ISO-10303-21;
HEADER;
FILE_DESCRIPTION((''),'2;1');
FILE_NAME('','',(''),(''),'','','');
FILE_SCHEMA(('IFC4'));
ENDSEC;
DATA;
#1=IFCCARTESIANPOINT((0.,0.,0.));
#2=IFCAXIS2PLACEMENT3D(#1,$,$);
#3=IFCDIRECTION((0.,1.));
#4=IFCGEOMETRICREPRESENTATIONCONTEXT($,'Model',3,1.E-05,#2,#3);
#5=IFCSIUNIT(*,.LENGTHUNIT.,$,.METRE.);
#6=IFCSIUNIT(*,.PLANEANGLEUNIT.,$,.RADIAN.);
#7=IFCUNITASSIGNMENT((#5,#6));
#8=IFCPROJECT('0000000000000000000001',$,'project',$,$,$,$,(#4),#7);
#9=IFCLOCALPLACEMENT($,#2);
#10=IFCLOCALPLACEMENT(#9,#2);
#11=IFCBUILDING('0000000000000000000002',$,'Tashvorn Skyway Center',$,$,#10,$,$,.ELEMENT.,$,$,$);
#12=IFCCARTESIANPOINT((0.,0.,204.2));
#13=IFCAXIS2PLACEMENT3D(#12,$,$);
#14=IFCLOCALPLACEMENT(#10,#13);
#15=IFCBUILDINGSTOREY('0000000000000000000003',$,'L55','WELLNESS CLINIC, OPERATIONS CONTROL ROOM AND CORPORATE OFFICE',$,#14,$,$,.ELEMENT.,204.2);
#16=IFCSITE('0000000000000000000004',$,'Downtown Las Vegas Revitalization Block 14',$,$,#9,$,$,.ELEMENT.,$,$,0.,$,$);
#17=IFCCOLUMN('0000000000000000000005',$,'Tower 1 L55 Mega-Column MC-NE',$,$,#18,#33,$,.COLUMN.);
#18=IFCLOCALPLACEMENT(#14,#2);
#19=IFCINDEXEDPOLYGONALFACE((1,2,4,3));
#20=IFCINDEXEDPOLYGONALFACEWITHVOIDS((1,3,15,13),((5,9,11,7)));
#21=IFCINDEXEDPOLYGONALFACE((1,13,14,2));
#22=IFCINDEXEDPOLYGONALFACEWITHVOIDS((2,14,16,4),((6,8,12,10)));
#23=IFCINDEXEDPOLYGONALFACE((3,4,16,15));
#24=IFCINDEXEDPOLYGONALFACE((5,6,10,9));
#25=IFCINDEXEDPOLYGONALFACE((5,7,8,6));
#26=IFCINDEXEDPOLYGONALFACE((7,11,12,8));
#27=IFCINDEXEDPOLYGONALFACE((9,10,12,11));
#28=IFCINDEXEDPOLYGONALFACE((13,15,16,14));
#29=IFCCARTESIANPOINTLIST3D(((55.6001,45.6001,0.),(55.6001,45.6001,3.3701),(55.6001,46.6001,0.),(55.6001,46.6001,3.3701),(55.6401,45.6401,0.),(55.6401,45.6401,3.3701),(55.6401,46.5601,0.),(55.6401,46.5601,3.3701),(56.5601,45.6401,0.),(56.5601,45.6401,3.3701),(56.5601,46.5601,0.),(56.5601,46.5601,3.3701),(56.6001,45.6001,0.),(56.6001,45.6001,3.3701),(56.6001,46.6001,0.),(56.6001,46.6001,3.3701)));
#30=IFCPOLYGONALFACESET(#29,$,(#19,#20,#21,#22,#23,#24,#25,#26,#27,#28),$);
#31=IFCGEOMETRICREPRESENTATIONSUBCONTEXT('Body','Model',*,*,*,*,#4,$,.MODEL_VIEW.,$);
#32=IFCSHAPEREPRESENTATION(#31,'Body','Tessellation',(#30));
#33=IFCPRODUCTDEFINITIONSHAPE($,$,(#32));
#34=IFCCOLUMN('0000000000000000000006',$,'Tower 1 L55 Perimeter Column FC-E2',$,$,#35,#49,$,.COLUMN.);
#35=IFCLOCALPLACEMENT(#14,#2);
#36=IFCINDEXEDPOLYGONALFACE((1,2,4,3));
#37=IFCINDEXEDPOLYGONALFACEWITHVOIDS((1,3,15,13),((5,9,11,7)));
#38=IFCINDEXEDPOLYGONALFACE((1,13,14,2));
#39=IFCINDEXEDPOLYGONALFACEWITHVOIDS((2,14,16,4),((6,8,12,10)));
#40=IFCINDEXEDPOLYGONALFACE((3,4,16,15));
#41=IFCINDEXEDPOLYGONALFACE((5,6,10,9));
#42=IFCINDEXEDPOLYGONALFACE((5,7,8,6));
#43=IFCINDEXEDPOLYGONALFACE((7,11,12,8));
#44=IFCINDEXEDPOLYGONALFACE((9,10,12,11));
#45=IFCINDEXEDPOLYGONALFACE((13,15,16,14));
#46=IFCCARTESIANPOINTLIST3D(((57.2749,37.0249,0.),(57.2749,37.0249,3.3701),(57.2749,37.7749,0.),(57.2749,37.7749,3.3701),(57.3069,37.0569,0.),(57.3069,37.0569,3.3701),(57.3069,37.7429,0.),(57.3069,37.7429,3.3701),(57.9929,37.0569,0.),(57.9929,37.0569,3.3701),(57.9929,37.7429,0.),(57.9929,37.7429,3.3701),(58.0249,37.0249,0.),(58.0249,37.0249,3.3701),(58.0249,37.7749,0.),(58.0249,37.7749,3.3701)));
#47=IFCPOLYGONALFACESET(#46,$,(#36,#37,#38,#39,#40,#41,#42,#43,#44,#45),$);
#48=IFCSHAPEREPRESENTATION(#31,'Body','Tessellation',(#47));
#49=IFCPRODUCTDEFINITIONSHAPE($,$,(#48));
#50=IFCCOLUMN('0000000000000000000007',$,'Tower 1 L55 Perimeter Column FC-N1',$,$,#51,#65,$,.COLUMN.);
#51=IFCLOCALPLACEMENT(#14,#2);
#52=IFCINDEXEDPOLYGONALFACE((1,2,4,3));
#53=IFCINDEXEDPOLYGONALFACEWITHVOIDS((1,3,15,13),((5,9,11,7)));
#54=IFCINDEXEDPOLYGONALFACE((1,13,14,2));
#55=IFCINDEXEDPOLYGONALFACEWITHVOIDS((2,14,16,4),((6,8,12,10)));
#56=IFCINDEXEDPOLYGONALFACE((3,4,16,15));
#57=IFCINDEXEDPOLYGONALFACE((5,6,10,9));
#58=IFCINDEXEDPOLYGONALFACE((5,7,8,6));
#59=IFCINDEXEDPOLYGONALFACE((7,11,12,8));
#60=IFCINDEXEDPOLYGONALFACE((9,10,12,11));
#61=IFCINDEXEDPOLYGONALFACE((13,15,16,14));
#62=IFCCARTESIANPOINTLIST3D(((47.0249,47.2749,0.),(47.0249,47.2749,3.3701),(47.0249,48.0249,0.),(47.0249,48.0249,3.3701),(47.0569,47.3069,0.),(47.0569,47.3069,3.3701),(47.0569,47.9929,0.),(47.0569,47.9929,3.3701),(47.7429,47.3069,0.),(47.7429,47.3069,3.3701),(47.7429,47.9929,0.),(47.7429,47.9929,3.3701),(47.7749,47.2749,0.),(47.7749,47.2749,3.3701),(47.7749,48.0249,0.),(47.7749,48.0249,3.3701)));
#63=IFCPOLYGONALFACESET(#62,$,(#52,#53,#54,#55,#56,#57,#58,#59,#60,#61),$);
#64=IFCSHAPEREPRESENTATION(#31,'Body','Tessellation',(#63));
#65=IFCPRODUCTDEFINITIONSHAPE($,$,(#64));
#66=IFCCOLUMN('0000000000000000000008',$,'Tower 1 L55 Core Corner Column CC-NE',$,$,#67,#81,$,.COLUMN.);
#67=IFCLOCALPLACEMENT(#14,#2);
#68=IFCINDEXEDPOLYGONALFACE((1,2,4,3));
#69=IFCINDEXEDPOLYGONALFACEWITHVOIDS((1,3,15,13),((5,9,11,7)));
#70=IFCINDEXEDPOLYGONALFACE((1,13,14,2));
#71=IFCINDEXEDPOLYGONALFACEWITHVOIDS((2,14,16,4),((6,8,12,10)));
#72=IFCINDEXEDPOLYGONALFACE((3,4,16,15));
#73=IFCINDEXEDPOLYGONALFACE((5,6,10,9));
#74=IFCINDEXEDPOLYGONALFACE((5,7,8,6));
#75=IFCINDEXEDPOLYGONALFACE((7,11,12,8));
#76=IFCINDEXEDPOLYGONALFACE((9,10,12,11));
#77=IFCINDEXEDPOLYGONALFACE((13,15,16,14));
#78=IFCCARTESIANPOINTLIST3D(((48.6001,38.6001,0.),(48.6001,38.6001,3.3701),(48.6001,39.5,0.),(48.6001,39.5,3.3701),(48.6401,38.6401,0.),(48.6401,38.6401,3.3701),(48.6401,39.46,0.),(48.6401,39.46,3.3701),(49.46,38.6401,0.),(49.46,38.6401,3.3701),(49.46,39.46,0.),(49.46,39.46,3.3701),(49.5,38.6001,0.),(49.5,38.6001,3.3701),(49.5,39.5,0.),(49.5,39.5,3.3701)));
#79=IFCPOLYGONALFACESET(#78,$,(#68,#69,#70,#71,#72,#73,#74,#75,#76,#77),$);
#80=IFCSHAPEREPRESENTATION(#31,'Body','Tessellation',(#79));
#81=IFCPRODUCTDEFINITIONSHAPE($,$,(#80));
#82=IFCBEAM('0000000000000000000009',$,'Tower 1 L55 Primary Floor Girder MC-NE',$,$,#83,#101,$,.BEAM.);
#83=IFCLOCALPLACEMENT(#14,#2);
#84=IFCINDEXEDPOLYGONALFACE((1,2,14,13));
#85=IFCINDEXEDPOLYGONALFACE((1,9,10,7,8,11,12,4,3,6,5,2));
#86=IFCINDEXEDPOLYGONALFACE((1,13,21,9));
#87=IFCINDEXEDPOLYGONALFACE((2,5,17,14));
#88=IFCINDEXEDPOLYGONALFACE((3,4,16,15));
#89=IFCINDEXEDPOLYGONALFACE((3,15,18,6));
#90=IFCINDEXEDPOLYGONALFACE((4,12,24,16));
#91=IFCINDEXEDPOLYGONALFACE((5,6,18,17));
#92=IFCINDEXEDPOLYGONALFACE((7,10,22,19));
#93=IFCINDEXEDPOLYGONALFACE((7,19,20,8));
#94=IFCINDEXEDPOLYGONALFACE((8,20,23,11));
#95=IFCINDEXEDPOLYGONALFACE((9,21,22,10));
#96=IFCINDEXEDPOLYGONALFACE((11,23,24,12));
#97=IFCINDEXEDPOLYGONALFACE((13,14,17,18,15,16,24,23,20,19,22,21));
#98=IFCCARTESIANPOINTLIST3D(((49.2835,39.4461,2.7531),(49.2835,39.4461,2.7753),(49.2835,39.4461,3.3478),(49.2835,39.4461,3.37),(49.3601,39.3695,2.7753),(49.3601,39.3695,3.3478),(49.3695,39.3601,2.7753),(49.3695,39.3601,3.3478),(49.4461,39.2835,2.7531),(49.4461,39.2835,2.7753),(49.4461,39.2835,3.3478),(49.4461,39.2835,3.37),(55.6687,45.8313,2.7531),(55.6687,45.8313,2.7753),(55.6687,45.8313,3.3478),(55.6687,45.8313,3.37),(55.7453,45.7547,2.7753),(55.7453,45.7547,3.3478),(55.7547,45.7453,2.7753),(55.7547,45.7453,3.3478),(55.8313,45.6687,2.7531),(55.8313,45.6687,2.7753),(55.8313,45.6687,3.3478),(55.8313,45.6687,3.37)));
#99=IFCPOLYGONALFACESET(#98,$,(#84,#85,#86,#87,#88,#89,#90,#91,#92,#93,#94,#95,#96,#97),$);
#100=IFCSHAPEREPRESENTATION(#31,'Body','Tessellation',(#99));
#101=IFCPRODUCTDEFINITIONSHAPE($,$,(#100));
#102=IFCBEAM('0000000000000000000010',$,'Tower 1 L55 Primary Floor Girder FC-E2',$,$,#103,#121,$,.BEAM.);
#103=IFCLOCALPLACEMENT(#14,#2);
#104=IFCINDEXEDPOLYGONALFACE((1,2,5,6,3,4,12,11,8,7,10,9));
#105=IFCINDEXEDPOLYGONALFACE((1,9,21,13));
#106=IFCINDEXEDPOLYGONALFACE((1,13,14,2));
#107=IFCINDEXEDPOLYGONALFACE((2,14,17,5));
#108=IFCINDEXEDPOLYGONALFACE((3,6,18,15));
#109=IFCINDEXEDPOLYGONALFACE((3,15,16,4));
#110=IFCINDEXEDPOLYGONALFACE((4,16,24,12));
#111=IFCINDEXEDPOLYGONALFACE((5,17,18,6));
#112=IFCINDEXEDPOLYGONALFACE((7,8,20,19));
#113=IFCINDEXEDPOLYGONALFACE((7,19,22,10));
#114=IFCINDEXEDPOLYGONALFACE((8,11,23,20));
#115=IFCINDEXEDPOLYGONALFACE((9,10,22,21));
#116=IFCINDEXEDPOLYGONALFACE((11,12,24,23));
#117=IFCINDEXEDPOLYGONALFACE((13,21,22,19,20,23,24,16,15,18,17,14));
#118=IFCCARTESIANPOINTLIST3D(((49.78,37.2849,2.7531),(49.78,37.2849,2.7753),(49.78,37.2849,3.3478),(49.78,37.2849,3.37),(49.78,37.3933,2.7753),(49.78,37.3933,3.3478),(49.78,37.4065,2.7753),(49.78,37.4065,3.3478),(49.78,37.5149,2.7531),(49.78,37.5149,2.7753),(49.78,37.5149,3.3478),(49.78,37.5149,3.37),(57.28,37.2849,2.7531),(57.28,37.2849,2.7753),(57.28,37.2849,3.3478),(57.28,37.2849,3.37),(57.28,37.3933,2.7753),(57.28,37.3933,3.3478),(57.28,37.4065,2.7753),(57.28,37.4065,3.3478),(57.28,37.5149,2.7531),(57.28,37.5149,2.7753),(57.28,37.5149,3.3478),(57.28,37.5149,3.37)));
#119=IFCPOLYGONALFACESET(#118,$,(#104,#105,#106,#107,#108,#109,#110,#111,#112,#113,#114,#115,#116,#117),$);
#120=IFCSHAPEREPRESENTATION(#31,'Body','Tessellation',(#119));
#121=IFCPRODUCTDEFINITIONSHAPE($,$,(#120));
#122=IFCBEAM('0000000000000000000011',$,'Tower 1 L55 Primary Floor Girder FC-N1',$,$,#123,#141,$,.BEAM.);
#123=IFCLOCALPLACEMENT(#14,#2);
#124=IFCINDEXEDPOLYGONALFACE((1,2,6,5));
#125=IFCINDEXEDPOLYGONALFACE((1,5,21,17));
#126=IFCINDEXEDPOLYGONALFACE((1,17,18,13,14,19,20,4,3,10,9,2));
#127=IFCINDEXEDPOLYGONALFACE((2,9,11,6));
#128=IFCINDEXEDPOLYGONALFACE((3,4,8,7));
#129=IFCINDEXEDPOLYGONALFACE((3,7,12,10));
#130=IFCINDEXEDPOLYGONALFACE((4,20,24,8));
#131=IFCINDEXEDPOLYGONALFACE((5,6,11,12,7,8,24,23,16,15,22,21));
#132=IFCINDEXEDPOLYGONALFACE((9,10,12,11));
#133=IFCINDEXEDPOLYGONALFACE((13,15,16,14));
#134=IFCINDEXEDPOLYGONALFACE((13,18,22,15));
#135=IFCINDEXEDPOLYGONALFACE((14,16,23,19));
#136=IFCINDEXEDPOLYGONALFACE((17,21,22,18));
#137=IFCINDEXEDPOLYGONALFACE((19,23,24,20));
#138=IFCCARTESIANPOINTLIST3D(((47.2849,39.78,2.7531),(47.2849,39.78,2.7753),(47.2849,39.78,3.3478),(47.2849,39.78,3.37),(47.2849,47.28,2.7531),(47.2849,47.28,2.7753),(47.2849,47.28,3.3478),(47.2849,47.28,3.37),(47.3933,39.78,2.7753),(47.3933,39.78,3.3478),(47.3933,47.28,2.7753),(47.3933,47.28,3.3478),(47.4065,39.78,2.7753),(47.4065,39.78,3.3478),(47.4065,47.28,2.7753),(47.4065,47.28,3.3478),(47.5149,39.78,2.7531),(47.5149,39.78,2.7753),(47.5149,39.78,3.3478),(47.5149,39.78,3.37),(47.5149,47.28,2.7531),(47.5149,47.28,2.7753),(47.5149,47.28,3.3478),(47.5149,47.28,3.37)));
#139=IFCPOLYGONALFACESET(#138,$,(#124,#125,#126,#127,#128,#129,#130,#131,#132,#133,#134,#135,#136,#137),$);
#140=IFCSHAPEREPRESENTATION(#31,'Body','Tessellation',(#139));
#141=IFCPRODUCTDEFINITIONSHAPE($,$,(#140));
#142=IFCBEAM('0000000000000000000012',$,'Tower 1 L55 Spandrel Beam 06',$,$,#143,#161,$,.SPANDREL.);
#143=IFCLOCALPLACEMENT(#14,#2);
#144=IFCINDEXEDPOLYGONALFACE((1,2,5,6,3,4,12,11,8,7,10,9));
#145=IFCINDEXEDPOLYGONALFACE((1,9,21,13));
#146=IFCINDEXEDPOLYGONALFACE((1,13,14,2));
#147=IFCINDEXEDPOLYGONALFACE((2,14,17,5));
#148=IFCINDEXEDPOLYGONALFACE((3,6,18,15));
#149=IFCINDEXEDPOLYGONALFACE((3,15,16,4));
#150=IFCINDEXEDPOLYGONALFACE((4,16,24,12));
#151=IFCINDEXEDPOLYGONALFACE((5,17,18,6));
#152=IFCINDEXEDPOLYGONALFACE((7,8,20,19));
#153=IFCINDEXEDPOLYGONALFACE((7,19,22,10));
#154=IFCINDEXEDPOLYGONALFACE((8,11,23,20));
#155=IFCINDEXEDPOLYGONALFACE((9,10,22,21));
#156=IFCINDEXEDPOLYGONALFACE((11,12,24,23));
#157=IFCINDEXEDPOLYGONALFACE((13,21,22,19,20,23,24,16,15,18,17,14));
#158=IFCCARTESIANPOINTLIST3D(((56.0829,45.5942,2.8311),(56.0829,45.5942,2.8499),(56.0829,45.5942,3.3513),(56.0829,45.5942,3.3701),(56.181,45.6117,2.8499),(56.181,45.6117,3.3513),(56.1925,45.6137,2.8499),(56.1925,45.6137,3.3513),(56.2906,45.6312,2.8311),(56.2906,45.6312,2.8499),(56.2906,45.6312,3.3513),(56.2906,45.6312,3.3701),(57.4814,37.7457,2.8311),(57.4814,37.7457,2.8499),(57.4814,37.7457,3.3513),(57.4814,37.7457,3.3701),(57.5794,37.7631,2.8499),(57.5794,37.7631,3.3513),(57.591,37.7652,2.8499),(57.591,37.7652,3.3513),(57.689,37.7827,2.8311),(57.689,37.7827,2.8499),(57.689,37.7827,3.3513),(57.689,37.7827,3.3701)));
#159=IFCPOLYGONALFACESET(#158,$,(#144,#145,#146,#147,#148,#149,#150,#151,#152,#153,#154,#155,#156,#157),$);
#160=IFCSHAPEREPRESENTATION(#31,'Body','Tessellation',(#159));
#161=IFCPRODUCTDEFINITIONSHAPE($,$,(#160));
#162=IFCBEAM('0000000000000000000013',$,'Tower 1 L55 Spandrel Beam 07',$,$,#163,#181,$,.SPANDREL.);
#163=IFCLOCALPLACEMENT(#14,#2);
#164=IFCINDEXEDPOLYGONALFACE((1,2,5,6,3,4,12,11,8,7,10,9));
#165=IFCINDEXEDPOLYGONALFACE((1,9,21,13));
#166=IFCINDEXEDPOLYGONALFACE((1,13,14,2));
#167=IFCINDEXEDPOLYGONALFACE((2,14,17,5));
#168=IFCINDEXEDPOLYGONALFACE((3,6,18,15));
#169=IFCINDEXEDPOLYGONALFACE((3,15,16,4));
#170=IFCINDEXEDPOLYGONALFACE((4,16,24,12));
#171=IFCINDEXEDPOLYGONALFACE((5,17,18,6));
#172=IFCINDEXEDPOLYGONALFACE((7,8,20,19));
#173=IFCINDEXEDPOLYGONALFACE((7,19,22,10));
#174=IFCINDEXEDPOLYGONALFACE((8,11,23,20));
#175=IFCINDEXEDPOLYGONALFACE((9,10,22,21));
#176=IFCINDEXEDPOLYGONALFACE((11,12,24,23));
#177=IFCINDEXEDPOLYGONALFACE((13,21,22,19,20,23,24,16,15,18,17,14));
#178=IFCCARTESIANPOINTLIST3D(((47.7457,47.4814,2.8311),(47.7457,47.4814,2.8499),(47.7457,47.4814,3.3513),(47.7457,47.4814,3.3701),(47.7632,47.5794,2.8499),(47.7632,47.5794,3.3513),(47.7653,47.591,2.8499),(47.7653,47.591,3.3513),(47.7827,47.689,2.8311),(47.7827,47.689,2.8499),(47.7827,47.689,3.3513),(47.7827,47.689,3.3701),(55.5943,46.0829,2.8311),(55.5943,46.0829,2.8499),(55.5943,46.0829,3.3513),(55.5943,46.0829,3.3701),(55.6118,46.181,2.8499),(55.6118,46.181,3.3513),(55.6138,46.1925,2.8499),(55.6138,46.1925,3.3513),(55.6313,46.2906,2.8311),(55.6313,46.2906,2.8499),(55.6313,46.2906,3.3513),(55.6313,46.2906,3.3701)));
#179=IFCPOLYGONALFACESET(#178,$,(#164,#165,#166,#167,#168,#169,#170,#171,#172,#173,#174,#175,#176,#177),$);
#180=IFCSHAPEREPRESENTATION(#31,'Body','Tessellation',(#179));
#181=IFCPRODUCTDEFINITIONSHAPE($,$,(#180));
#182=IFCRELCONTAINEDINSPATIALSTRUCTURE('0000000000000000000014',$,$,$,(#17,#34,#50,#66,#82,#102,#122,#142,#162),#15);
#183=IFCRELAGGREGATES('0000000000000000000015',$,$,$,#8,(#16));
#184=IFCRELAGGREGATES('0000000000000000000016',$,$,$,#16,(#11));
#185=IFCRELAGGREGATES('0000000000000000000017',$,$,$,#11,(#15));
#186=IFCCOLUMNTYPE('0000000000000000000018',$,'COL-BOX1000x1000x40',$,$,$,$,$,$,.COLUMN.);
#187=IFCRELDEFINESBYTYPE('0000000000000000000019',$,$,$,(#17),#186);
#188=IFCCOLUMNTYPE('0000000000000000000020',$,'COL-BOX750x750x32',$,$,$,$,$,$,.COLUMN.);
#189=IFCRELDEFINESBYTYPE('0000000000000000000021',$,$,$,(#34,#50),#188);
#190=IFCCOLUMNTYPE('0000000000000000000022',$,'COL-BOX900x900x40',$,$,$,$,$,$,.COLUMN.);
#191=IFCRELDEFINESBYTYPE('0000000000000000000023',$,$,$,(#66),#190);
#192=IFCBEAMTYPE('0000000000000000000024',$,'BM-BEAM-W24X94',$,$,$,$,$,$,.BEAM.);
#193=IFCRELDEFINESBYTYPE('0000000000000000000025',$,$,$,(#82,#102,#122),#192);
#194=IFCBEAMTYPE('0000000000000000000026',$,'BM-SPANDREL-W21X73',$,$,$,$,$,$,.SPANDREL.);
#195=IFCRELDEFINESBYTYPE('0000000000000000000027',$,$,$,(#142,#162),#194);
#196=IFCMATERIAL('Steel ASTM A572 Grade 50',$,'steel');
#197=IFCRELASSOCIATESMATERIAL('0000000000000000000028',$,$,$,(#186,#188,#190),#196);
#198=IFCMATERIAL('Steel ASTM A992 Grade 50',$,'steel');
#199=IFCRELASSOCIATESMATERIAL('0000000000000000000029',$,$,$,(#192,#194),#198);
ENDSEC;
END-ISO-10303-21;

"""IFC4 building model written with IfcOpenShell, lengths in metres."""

from ifc_helpers import new_model, si_unit, direction, frame, origin, origin_2d, place, context, subcontext, project, spatial, hollow_rectangle, i_section, extrude, material, material_profile, profile_set, type_object, element, save


model = new_model("IFC4")

# Units and contexts
model_context = context("Model", 3, precision=1e-05, world=origin(), true_north=direction((0.0, 1.0)))
body_context = subcontext(model_context, "Body", "Model", "MODEL_VIEW")
ifc_project = project(units=[si_unit("LENGTHUNIT", "METRE"), si_unit("PLANEANGLEUNIT", "RADIAN")], contexts=[model_context])

# Site, building, storey
site_placement = place(None, origin())
site = spatial("IfcSite", under=ifc_project, at=site_placement, Name="Downtown Las Vegas Revitalization Block 14", CompositionType="ELEMENT", RefElevation=0.0)
building_placement = place(site_placement, origin())
building = spatial("IfcBuilding", under=site, at=building_placement, Name="Tashvorn Skyway Center", CompositionType="ELEMENT")
storey_placement = place(building_placement, frame((0.0, 0.0, 204.2)))
storey = spatial("IfcBuildingStorey", under=building, at=storey_placement, Name="L55", Description="WELLNESS CLINIC, OPERATIONS CONTROL ROOM AND CORPORATE OFFICE", CompositionType="ELEMENT", Elevation=204.2)

# Columns
ifc_material_1 = material(Name="Steel ASTM A572 Grade 50", Category="steel")
ifc_material_profile_1 = material_profile(ifc_material_1, hollow_rectangle(XDim=1.0, YDim=1.0, WallThickness=0.04, at=origin_2d()), Name="BOX1000x1000x40")
ifc_profile_set_1 = profile_set([ifc_material_profile_1], Name="Steel ASTM A572 Grade 50")
column_type_1 = type_object("IfcColumnType", Name="COL-BOX1000x1000x40", PredefinedType="COLUMN", material=ifc_profile_set_1)
column_1_placement = place(storey_placement, frame((56.1001, 46.1001, 0.0), z_axis=(0.0, 0.0, 1.0), x_axis=(1.0, 0.0, 0.0)))
element("IfcColumn", 1, at=column_1_placement, inside=storey, type_object=column_type_1, Name="Tower 1 L55 Mega-Column MC-NE", PredefinedType="COLUMN", context=body_context, shape_type="SweptSolid", body=[
    extrude(hollow_rectangle(XDim=1.0, YDim=1.0, WallThickness=0.04, at=origin_2d()), origin(), (0.0, 0.0, 1.0), 3.3701),
])
ifc_material_profile_2 = material_profile(ifc_material_1, hollow_rectangle(XDim=0.75, YDim=0.75, WallThickness=0.032, at=origin_2d()), Name="BOX750x750x32")
ifc_profile_set_2 = profile_set([ifc_material_profile_2], Name="Steel ASTM A572 Grade 50")
column_type_2 = type_object("IfcColumnType", Name="COL-BOX750x750x32", PredefinedType="COLUMN", material=ifc_profile_set_2)
for number, where, z_axis, x_axis, name in (
    (2, (57.6499, 37.3999, 0.0), (0.0, 0.0, 1.0), (1.0, 0.0, 0.0), "Tower 1 L55 Perimeter Column FC-E2"),
    (3, (47.3999, 47.6499, 0.0), (0.0, 0.0, 1.0), (1.0, 0.0, 0.0), "Tower 1 L55 Perimeter Column FC-N1"),
):
    element("IfcColumn", number, at=place(storey_placement, frame(where, z_axis=z_axis, x_axis=x_axis)), inside=storey, type_object=column_type_2, Name=name, PredefinedType="COLUMN", context=body_context, shape_type="SweptSolid", body=[
        extrude(hollow_rectangle(XDim=0.75, YDim=0.75, WallThickness=0.032, at=origin_2d()), origin(), (0.0, 0.0, 1.0), 3.3701),
    ])
ifc_material_profile_3 = material_profile(ifc_material_1, hollow_rectangle(XDim=0.8999, YDim=0.8999, WallThickness=0.04, at=origin_2d()), Name="BOX900x900x40")
ifc_profile_set_3 = profile_set([ifc_material_profile_3], Name="Steel ASTM A572 Grade 50")
column_type_3 = type_object("IfcColumnType", Name="COL-BOX900x900x40", PredefinedType="COLUMN", material=ifc_profile_set_3)
column_2_placement = place(storey_placement, frame((49.05, 39.05, 0.0), z_axis=(0.0, 0.0, 1.0), x_axis=(1.0, 0.0, 0.0)))
element("IfcColumn", 4, at=column_2_placement, inside=storey, type_object=column_type_3, Name="Tower 1 L55 Core Corner Column CC-NE", PredefinedType="COLUMN", context=body_context, shape_type="SweptSolid", body=[
    extrude(hollow_rectangle(XDim=0.8999, YDim=0.8999, WallThickness=0.04, at=origin_2d()), origin(), (0.0, 0.0, 1.0), 3.3701),
])

# Beams
ifc_material_2 = material(Name="Steel ASTM A992 Grade 50", Category="steel")
ifc_material_profile_4 = material_profile(ifc_material_2, i_section(OverallWidth=0.23, OverallDepth=0.6169, WebThickness=0.0132, FlangeThickness=0.0222, at=origin_2d()), Name="W24X94")
ifc_profile_set_4 = profile_set([ifc_material_profile_4], Name="Steel ASTM A992 Grade 50")
beam_type_1 = type_object("IfcBeamType", Name="BM-BEAM-W24X94", PredefinedType="BEAM", material=ifc_profile_set_4)
beam_1_placement = place(storey_placement, frame((55.75, 45.75, 3.0615), z_axis=(-0.707107, -0.707107, 0.0), x_axis=(0.707107, -0.707107, 0.0)))
element("IfcBeam", 5, at=beam_1_placement, inside=storey, type_object=beam_type_1, Name="Tower 1 L55 Primary Floor Girder MC-NE", PredefinedType="BEAM", context=body_context, shape_type="SweptSolid", body=[
    extrude(i_section(OverallWidth=0.23, OverallDepth=0.6169, WebThickness=0.0132, FlangeThickness=0.0222, at=origin_2d()), origin(), (0.0, 0.0, 1.0), 9.03),
])
for number, where, z_axis, x_axis, name in (
    (6, (57.28, 37.3999, 3.0615), (-1.0, 0.0, 0.0), (0.0, -1.0, 0.0), "Tower 1 L55 Primary Floor Girder FC-E2"),
    (7, (47.3999, 47.28, 3.0615), (0.0, -1.0, 0.0), (1.0, 0.0, 0.0), "Tower 1 L55 Primary Floor Girder FC-N1"),
):
    element("IfcBeam", number, at=place(storey_placement, frame(where, z_axis=z_axis, x_axis=x_axis)), inside=storey, type_object=beam_type_1, Name=name, PredefinedType="BEAM", context=body_context, shape_type="SweptSolid", body=[
        extrude(i_section(OverallWidth=0.23, OverallDepth=0.6169, WebThickness=0.0132, FlangeThickness=0.0222, at=origin_2d()), origin(), (0.0, 0.0, 1.0), 7.5),
    ])
ifc_material_profile_5 = material_profile(ifc_material_2, i_section(OverallWidth=0.2109, OverallDepth=0.5391, WebThickness=0.0117, FlangeThickness=0.0188, at=origin_2d()), Name="W21X73")
ifc_profile_set_5 = profile_set([ifc_material_profile_5], Name="Steel ASTM A992 Grade 50")
beam_type_2 = type_object("IfcBeamType", Name="BM-SPANDREL-W21X73", PredefinedType="SPANDREL", material=ifc_profile_set_5)
for number, where, z_axis, x_axis, name in (
    (8, (57.5852, 37.7642, 3.1006), (-0.175413, 0.984495, 0.0), (-0.984495, -0.175413, 0.0), "Tower 1 L55 Spandrel Beam 06"),
    (9, (55.6128, 46.1868, 3.1006), (-0.984495, 0.175413, 0.0), (-0.175413, -0.984495, 0.0), "Tower 1 L55 Spandrel Beam 07"),
):
    element("IfcBeam", number, at=place(storey_placement, frame(where, z_axis=z_axis, x_axis=x_axis)), inside=storey, type_object=beam_type_2, Name=name, PredefinedType="SPANDREL", context=body_context, shape_type="SweptSolid", body=[
        extrude(i_section(OverallWidth=0.2109, OverallDepth=0.5391, WebThickness=0.0117, FlangeThickness=0.0188, at=origin_2d()), origin(), (0.0, 0.0, 1.0), 7.9722),
    ])

save(model, "model.ifc")
